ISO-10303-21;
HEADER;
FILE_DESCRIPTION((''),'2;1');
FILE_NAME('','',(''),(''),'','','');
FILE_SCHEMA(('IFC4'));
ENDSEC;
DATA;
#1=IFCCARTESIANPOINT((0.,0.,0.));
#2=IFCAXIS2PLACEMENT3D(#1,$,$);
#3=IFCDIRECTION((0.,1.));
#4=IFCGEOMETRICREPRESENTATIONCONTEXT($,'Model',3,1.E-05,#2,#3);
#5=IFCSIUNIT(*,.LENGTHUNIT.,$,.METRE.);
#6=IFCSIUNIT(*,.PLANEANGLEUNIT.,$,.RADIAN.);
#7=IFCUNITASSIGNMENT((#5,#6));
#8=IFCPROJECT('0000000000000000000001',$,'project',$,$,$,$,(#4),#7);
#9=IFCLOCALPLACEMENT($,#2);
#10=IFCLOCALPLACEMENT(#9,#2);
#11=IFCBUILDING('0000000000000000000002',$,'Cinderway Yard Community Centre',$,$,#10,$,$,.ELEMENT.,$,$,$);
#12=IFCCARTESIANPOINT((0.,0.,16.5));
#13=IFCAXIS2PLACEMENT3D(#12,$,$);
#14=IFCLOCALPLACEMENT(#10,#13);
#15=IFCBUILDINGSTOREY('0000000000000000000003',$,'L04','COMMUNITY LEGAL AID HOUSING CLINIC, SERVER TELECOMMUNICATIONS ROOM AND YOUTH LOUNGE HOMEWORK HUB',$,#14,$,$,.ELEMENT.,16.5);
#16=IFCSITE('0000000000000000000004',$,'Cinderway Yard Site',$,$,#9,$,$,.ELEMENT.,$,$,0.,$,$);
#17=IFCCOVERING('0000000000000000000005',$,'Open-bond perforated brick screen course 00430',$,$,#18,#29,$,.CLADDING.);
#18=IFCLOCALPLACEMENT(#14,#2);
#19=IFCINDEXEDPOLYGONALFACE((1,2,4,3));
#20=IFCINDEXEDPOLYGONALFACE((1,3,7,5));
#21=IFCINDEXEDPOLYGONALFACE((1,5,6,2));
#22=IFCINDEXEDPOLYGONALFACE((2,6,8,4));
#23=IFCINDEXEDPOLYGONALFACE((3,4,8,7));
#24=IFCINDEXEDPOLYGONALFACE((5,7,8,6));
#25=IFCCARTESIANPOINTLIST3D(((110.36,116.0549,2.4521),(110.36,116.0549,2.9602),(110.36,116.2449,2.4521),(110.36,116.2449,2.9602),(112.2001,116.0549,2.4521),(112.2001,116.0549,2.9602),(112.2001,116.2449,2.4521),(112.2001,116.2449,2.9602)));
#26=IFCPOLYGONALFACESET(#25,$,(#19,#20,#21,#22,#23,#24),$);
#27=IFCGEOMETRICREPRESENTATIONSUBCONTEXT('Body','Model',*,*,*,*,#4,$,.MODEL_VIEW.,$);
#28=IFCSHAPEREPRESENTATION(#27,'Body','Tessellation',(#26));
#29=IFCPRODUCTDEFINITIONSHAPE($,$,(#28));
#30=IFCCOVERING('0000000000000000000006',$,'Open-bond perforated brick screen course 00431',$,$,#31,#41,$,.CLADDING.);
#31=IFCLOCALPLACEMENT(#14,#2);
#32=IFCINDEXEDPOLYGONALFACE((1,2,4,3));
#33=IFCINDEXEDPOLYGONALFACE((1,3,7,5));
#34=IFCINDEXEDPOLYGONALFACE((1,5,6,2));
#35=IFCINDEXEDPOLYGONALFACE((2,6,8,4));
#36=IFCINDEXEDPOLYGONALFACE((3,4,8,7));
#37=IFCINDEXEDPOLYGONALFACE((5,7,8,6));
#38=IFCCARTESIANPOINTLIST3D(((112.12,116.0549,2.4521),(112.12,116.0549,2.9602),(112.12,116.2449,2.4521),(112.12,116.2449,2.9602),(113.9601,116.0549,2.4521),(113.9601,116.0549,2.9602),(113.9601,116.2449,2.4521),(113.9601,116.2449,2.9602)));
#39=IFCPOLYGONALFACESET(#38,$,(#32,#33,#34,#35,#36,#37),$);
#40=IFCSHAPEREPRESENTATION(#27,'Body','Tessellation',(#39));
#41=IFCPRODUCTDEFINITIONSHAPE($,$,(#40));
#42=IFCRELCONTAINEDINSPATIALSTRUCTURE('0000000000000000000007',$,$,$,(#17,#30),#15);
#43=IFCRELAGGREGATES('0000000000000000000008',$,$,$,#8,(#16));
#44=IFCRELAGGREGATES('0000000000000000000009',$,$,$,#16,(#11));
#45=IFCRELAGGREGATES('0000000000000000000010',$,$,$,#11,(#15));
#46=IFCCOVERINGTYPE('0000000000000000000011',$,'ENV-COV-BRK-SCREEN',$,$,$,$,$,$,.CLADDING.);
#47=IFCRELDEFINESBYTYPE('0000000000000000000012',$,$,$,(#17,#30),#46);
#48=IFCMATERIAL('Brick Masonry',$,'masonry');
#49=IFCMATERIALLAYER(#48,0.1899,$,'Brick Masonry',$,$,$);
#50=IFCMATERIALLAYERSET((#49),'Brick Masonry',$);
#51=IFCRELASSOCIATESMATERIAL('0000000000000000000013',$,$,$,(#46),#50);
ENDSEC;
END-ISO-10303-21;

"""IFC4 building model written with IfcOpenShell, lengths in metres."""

from ifc_helpers import new_model, si_unit, direction, frame, origin, origin_2d, place, context, subcontext, project, spatial, rectangle, extrude, material, layer, layer_set, type_object, element, save


model = new_model("IFC4")

# Units and contexts
model_context = context("Model", 3, precision=1e-05, world=origin(), true_north=direction((0.0, 1.0)))
body_context = subcontext(model_context, "Body", "Model", "MODEL_VIEW")
ifc_project = project(units=[si_unit("LENGTHUNIT", "METRE"), si_unit("PLANEANGLEUNIT", "RADIAN")], contexts=[model_context])

# Site, building, storey
site_placement = place(None, origin())
site = spatial("IfcSite", under=ifc_project, at=site_placement, Name="Cinderway Yard Site", CompositionType="ELEMENT", RefElevation=0.0)
building_placement = place(site_placement, origin())
building = spatial("IfcBuilding", under=site, at=building_placement, Name="Cinderway Yard Community Centre", CompositionType="ELEMENT")
storey_placement = place(building_placement, frame((0.0, 0.0, 16.5)))
storey = spatial("IfcBuildingStorey", under=building, at=storey_placement, Name="L04", Description="COMMUNITY LEGAL AID HOUSING CLINIC, SERVER TELECOMMUNICATIONS ROOM AND YOUTH LOUNGE HOMEWORK HUB", CompositionType="ELEMENT", Elevation=16.5)

# Shared definitions
ifc_material_1 = material(Name="Brick Masonry", Category="masonry")

# Coverings
ifc_layer_1 = layer(ifc_material_1, 0.1899, Name="Brick Masonry")
ifc_layer_set_1 = layer_set([ifc_layer_1], Name="Brick Masonry")
covering_type = type_object("IfcCoveringType", Name="ENV-COV-BRK-SCREEN", PredefinedType="CLADDING", material=ifc_layer_set_1)
for number, where, z_axis, x_axis, name in (
    (1, (111.28, 116.1499, 2.4521), (0.0, 0.0, 1.0), (1.0, 0.0, 0.0), "Open-bond perforated brick screen course 00430"),
    (2, (113.04, 116.1499, 2.4521), (0.0, 0.0, 1.0), (1.0, 0.0, 0.0), "Open-bond perforated brick screen course 00431"),
):
    element("IfcCovering", number, at=place(storey_placement, frame(where, z_axis=z_axis, x_axis=x_axis)), inside=storey, type_object=covering_type, Name=name, PredefinedType="CLADDING", context=body_context, shape_type="SweptSolid", body=[
        extrude(rectangle(XDim=1.8401, YDim=0.1899, at=origin_2d()), origin(), (0.0, 0.0, 1.0), 0.5081),
    ])

save(model, "model.ifc")
